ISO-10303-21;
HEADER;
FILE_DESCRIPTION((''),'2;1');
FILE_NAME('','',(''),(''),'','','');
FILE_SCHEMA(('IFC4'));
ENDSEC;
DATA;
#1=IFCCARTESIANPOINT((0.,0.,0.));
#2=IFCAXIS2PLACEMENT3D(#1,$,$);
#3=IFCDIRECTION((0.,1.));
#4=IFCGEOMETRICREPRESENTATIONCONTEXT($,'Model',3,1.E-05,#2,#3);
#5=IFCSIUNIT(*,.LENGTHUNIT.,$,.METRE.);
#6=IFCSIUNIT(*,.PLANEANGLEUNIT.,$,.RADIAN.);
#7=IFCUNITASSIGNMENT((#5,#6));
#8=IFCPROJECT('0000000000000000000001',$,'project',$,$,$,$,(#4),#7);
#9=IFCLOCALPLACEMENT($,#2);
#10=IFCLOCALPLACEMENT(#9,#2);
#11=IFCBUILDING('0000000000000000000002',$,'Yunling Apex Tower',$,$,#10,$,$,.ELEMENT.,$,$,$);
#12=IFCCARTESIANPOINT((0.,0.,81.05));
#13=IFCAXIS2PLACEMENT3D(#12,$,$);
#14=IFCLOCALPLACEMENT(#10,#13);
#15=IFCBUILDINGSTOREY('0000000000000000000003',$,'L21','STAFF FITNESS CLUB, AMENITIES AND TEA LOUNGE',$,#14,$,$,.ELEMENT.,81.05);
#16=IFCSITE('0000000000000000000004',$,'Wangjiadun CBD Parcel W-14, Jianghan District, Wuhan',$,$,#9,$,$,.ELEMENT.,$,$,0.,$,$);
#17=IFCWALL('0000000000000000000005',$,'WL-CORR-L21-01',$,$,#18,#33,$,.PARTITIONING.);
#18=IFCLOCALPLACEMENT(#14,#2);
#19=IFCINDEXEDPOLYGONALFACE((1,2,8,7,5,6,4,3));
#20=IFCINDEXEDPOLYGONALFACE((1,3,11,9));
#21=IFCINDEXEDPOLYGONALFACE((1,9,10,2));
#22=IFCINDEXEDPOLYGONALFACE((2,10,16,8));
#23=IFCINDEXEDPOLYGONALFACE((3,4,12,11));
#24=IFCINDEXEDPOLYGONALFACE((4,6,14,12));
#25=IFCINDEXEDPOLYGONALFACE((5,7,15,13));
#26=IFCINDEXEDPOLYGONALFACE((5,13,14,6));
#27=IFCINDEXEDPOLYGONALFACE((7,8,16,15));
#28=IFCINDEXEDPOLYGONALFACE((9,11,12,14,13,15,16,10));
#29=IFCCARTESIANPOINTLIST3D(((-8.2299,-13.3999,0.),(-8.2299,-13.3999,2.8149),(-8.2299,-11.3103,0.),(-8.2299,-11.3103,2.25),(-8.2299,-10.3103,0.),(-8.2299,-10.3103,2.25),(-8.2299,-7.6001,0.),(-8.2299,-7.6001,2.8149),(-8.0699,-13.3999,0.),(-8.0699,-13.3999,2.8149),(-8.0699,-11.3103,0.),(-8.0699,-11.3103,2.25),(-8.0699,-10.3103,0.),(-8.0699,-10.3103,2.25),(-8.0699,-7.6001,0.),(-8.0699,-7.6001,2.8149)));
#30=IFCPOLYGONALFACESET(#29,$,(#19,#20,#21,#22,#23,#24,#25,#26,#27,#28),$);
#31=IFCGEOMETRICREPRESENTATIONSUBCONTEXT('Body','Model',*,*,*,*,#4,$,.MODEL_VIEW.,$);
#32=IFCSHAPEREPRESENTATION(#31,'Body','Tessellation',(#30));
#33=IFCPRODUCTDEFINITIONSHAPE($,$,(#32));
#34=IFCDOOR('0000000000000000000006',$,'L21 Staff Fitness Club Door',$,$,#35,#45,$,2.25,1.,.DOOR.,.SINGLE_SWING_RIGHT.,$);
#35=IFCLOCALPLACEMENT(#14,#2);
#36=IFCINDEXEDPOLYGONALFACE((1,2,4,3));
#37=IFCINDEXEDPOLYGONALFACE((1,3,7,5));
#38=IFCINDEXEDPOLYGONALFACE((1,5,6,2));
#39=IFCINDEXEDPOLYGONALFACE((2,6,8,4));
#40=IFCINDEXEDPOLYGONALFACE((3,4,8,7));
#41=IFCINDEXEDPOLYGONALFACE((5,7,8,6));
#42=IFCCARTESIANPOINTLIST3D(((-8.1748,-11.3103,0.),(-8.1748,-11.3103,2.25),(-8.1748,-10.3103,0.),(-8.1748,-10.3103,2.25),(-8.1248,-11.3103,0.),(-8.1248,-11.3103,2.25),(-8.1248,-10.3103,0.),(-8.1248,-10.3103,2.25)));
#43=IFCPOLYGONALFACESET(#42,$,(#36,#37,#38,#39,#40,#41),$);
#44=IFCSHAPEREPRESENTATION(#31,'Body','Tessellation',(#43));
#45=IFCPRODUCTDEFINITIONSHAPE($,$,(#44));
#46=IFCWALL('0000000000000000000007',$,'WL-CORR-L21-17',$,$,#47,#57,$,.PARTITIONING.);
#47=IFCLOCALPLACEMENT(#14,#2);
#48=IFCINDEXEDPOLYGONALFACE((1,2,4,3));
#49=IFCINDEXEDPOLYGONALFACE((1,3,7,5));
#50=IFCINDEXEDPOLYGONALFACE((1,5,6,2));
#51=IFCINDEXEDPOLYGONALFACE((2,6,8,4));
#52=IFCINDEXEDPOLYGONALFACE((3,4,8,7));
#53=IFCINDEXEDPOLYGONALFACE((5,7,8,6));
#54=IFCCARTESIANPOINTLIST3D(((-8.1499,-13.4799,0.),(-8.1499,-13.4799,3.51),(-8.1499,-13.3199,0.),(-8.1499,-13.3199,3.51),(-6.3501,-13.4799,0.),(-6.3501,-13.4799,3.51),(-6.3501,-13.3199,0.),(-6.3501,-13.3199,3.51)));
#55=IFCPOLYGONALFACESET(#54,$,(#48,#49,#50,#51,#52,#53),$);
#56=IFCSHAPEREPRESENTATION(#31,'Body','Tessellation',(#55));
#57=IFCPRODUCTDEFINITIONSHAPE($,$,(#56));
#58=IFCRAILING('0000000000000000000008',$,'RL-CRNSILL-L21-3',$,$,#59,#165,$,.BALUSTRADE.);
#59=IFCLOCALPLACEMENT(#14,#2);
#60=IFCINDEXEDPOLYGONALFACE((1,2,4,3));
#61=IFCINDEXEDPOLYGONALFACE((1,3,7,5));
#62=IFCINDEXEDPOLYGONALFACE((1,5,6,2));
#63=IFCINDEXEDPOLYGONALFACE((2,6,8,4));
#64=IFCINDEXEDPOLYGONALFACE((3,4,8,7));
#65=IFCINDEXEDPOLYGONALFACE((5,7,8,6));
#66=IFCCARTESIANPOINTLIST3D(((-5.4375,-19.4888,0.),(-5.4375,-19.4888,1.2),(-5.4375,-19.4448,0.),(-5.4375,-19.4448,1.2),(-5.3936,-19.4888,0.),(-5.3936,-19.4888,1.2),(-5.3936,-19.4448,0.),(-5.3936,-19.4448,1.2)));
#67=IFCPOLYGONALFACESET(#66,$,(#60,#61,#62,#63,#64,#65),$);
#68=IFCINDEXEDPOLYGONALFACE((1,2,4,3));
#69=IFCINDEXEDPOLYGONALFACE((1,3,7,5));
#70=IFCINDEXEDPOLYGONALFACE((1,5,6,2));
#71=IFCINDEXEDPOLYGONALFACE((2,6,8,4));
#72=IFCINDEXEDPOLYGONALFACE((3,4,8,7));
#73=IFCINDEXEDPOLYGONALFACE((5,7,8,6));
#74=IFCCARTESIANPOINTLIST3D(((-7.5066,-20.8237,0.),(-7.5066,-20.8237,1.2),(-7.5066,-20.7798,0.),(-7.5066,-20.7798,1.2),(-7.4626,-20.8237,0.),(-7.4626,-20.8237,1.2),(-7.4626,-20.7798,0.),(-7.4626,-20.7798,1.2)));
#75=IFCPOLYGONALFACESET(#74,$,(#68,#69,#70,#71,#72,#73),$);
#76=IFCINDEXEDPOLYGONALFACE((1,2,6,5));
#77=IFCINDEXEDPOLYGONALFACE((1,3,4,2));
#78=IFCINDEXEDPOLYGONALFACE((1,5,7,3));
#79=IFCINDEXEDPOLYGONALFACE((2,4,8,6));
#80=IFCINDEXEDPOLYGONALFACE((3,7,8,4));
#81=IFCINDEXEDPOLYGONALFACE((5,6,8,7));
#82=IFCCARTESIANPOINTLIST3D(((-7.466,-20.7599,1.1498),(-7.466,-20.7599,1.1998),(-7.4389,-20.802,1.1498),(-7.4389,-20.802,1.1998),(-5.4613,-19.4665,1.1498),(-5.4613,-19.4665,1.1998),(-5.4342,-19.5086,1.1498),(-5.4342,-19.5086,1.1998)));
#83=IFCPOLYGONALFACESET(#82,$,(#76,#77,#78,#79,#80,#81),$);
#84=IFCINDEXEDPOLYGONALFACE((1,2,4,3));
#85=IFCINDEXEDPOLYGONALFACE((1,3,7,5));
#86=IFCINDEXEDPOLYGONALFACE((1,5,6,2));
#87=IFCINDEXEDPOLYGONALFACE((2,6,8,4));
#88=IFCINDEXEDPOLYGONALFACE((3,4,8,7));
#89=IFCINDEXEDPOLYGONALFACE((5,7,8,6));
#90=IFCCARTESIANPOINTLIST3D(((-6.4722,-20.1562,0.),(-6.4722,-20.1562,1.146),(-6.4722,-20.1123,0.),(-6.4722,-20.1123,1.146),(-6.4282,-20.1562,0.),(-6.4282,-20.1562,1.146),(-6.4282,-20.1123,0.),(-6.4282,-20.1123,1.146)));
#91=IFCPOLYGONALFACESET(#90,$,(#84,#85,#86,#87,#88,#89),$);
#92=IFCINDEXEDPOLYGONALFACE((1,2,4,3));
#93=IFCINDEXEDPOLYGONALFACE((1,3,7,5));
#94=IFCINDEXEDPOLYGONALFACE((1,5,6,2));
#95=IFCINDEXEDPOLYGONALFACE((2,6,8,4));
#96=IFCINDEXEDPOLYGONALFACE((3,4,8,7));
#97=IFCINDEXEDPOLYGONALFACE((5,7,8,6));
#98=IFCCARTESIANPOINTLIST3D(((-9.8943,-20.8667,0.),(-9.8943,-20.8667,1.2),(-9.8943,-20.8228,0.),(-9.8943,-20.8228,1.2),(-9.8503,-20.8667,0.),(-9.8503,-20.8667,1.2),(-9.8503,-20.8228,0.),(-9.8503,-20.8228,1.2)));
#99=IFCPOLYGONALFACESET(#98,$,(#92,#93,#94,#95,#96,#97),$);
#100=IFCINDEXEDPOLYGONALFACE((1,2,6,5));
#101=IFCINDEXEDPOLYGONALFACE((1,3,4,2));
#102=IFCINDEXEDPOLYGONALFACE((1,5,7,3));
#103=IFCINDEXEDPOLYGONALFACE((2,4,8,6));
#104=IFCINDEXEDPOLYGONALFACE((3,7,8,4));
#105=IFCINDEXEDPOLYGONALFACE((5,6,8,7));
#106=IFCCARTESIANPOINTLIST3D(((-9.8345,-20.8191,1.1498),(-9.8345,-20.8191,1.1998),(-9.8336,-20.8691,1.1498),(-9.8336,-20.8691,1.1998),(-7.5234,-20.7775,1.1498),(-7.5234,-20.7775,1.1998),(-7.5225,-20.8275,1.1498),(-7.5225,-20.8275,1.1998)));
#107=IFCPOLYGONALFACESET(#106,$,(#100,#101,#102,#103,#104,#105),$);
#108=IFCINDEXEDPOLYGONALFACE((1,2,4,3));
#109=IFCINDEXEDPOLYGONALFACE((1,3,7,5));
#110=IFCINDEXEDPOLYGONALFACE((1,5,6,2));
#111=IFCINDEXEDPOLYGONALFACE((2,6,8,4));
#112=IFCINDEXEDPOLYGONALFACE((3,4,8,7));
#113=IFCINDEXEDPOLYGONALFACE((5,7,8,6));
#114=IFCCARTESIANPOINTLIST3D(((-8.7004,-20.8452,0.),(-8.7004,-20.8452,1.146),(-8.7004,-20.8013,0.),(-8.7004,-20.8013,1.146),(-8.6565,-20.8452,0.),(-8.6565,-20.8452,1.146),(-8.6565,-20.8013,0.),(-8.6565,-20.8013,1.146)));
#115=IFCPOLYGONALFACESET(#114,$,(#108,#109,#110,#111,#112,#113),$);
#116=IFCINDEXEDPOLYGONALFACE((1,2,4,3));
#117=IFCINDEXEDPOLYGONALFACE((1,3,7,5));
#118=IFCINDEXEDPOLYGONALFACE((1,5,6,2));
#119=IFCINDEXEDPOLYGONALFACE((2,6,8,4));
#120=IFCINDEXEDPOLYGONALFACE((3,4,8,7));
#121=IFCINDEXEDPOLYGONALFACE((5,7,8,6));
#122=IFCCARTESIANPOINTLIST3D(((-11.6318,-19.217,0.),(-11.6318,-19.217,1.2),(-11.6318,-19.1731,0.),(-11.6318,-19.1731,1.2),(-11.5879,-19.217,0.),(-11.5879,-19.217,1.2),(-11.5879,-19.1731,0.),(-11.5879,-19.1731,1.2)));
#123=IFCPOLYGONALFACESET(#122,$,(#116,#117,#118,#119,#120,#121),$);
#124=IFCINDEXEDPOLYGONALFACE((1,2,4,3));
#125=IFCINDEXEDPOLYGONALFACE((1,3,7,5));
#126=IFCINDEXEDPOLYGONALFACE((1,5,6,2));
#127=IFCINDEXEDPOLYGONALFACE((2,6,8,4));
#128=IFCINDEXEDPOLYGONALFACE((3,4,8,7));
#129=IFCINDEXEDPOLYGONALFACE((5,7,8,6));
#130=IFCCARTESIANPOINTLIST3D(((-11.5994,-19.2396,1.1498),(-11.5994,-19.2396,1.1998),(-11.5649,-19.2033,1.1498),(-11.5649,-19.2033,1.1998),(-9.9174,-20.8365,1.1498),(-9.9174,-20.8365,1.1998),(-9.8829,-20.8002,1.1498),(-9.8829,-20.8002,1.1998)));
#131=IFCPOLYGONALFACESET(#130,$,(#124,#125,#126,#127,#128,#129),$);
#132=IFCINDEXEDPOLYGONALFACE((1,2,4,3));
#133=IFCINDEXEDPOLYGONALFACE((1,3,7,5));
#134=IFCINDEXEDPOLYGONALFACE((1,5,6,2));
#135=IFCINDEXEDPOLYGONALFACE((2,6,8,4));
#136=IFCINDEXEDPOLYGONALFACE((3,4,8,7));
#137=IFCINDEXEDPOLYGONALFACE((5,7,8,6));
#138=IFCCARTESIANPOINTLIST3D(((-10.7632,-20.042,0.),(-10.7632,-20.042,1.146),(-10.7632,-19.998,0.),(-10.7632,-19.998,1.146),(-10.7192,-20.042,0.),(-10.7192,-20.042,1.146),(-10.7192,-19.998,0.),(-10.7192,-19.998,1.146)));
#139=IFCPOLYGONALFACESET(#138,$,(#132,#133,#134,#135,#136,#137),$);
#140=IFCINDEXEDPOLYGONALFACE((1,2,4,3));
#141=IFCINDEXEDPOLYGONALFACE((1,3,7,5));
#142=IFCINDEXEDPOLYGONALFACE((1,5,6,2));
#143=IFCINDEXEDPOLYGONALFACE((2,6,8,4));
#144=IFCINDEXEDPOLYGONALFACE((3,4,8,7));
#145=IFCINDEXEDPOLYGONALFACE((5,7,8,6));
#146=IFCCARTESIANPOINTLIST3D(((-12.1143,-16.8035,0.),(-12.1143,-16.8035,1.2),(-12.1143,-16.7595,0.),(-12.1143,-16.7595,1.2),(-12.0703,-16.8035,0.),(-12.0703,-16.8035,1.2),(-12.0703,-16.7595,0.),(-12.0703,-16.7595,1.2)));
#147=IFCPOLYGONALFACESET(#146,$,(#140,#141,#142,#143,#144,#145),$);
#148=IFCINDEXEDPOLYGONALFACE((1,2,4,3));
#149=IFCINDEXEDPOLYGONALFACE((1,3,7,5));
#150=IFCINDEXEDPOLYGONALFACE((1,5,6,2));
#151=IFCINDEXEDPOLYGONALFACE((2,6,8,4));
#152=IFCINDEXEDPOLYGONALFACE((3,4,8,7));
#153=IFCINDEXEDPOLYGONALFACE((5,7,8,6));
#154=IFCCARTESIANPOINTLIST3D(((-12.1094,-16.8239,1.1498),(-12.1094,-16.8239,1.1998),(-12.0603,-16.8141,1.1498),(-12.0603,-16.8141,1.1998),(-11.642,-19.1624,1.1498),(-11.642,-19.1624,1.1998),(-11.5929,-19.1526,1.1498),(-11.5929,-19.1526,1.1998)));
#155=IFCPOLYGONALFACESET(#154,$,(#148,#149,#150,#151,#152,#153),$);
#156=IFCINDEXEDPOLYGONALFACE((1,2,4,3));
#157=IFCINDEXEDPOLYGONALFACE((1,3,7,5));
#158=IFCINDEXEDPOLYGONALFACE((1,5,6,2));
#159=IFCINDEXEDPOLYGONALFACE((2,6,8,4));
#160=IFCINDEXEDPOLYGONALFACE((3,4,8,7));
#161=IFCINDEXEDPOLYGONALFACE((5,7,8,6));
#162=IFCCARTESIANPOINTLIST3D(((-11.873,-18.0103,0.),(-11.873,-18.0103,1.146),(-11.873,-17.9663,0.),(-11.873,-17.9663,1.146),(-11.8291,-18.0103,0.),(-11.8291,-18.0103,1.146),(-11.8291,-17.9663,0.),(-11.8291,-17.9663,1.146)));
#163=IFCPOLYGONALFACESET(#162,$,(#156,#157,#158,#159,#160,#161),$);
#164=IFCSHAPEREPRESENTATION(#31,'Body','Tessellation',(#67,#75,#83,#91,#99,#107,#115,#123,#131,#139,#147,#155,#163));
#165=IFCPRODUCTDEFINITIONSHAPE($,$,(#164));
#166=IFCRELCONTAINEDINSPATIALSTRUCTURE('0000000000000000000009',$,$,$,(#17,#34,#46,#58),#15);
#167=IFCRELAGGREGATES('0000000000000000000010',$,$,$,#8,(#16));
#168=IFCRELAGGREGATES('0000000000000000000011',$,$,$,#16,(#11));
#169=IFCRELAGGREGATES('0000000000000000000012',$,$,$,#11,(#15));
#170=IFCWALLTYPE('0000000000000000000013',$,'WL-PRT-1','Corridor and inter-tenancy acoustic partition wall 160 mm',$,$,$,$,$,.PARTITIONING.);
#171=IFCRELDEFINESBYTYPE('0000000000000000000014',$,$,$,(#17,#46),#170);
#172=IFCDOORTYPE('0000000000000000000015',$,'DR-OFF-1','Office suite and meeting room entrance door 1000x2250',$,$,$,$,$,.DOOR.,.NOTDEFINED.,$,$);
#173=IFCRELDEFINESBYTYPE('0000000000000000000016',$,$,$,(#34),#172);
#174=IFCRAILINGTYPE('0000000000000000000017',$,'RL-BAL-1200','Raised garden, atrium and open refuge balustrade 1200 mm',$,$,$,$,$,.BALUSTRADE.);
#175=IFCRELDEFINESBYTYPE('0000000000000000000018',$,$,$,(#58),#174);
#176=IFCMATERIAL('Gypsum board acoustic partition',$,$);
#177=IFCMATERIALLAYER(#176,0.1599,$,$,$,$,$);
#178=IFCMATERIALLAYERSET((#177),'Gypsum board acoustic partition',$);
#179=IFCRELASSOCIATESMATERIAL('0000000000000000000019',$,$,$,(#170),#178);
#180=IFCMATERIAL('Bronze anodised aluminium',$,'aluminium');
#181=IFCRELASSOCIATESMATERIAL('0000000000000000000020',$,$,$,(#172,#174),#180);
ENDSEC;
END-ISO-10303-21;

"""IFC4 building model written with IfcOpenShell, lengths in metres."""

from ifc_helpers import new_model, si_unit, direction, frame, frame_2d, origin, origin_2d, place, context, subcontext, project, spatial, rectangle, extrude, material, layer, layer_set, type_object, element, fill, save


model = new_model("IFC4")

# Units and contexts
model_context = context("Model", 3, precision=1e-05, world=origin(), true_north=direction((0.0, 1.0)))
body_context = subcontext(model_context, "Body", "Model", "MODEL_VIEW")
ifc_project = project(units=[si_unit("LENGTHUNIT", "METRE"), si_unit("PLANEANGLEUNIT", "RADIAN")], contexts=[model_context])

# Site, building, storey
site_placement = place(None, origin())
site = spatial("IfcSite", under=ifc_project, at=site_placement, Name="Wangjiadun CBD Parcel W-14, Jianghan District, Wuhan", CompositionType="ELEMENT", RefElevation=0.0)
building_placement = place(site_placement, origin())
building = spatial("IfcBuilding", under=site, at=building_placement, Name="Yunling Apex Tower", CompositionType="ELEMENT")
storey_placement = place(building_placement, frame((0.0, 0.0, 81.05)))
storey = spatial("IfcBuildingStorey", under=building, at=storey_placement, Name="L21", Description="STAFF FITNESS CLUB, AMENITIES AND TEA LOUNGE", CompositionType="ELEMENT", Elevation=81.05)

# Shared definitions
ifc_material_1 = material(Name="Bronze anodised aluminium", Category="aluminium")

# Wall, opening, door
ifc_material_2 = material(Name="Gypsum board acoustic partition")
ifc_layer_1 = layer(ifc_material_2, 0.1599)
ifc_layer_set_1 = layer_set([ifc_layer_1], Name="Gypsum board acoustic partition")
wall_type = type_object("IfcWallType", Name="WL-PRT-1", Description="Corridor and inter-tenancy acoustic partition wall 160 mm", PredefinedType="PARTITIONING", material=ifc_layer_set_1)
wall_1_placement = place(storey_placement, frame((-8.1499, -13.3999, 0.0), z_axis=(0.0, 0.0, 1.0), x_axis=(0.0, 1.0, 0.0)))
wall_1 = element("IfcWall", 1, at=wall_1_placement, inside=storey, type_object=wall_type, Name="WL-CORR-L21-01", PredefinedType="PARTITIONING", context=body_context, shape_type="SweptSolid", body=[
    extrude(rectangle(XDim=5.7998, YDim=0.1599, at=frame_2d((2.8999, 0.0))), origin(), (0.0, 0.0, 1.0), 2.8149),
])
opening_placement = place(wall_1_placement, frame((2.0896, 0.0, 0.0)))
opening = element("IfcOpeningElement", 2, at=opening_placement, cuts=wall_1, PredefinedType="OPENING", context=body_context, shape_type="SweptSolid", body=[
    extrude(rectangle(XDim=1.0, YDim=2.25, at=frame_2d((0.5, 1.125))), frame((0.0, 0.0898, 0.0), z_axis=(0.0, -1.0, 0.0), x_axis=(1.0, 0.0, 0.0)), (0.0, 0.0, 1.0), 0.1799),
])
door_type = type_object("IfcDoorType", Name="DR-OFF-1", Description="Office suite and meeting room entrance door 1000x2250", OperationType="NOTDEFINED", PredefinedType="DOOR", material=ifc_material_1)
door_placement = place(opening_placement, origin())
door = element("IfcDoor", 3, at=door_placement, inside=storey, type_object=door_type, Name="L21 Staff Fitness Club Door", OperationType="SINGLE_SWING_RIGHT", OverallHeight=2.25, OverallWidth=1.0, PredefinedType="DOOR", context=body_context, shape_type="SweptSolid", body=[
    extrude(rectangle(XDim=1.0, YDim=2.25, at=frame_2d((0.5, 1.125))), frame((0.0, 0.0249, 0.0), z_axis=(0.0, -1.0, 0.0), x_axis=(1.0, 0.0, 0.0)), (0.0, 0.0, 1.0), 0.05),
])
fill(opening, door)

# Wall
wall_2_placement = place(storey_placement, frame((-6.3501, -13.3999, 0.0), z_axis=(0.0, 0.0, 1.0), x_axis=(-1.0, 0.0, 0.0)))
element("IfcWall", 4, at=wall_2_placement, inside=storey, type_object=wall_type, Name="WL-CORR-L21-17", PredefinedType="PARTITIONING", context=body_context, shape_type="SweptSolid", body=[
    extrude(rectangle(XDim=1.7998, YDim=0.1599, at=frame_2d((0.8999, 0.0))), origin(), (0.0, 0.0, 1.0), 3.51),
])

# Railing
railing_type = type_object("IfcRailingType", Name="RL-BAL-1200", Description="Raised garden, atrium and open refuge balustrade 1200 mm", PredefinedType="BALUSTRADE", material=ifc_material_1)
railing_placement = place(storey_placement, frame((-5.4155, -19.4668, 0.0)))
element("IfcRailing", 5, at=railing_placement, inside=storey, type_object=railing_type, Name="RL-CRNSILL-L21-3", PredefinedType="BALUSTRADE", context=body_context, shape_type="SweptSolid", body=[
    extrude(rectangle(XDim=0.0439, YDim=0.0439, at=origin_2d()), origin(), (0.0, 0.0, 1.0), 1.2),
    extrude(rectangle(XDim=0.0439, YDim=0.0439, at=origin_2d()), frame((-2.0691, -1.335, 0.0)), (0.0, 0.0, 1.0), 1.2),
    extrude(rectangle(XDim=0.05, YDim=0.05, at=origin_2d()), frame((-0.0322, -0.0208, 1.1748), z_axis=(-0.840285, -0.542145, 0.0), x_axis=(0.542145, -0.840285, 0.0)), (0.0, 0.0, 1.0), 2.3857),
    extrude(rectangle(XDim=0.0439, YDim=0.0439, at=origin_2d()), frame((-1.0347, -0.6675, 0.0)), (0.0, 0.0, 1.0), 1.146),
    extrude(rectangle(XDim=0.0439, YDim=0.0439, at=origin_2d()), frame((-4.4568, -1.3779, 0.0)), (0.0, 0.0, 1.0), 1.2),
    extrude(rectangle(XDim=0.05, YDim=0.05, at=origin_2d()), frame((-2.1074, -1.3357, 1.1748), z_axis=(-0.999838, -0.017993, 0.0), x_axis=(0.017993, -0.999838, 0.0)), (0.0, 0.0, 1.0), 2.3115),
    extrude(rectangle(XDim=0.0439, YDim=0.0439, at=origin_2d()), frame((-3.2629, -1.3564, 0.0)), (0.0, 0.0, 1.0), 1.146),
    extrude(rectangle(XDim=0.0439, YDim=0.0439, at=origin_2d()), frame((-6.1943, 0.2717, 0.0)), (0.0, 0.0, 1.0), 1.2),
    extrude(rectangle(XDim=0.05, YDim=0.05, at=origin_2d()), frame((-4.4846, -1.3516, 1.1748), z_axis=(-0.725211, 0.688527, 0.0), x_axis=(-0.688527, -0.725211, 0.0)), (0.0, 0.0, 1.0), 2.3193),
    extrude(rectangle(XDim=0.0439, YDim=0.0439, at=origin_2d()), frame((-5.3257, -0.5532, 0.0)), (0.0, 0.0, 1.0), 1.146),
    extrude(rectangle(XDim=0.0439, YDim=0.0439, at=origin_2d()), frame((-6.6768, 2.6853, 0.0)), (0.0, 0.0, 1.0), 1.2),
    extrude(rectangle(XDim=0.05, YDim=0.05, at=origin_2d()), frame((-6.2019, 0.3093, 1.1748), z_axis=(-0.196002, 0.980604, 0.0), x_axis=(-0.980604, -0.196002, 0.0)), (0.0, 0.0, 1.0), 2.3848),
    extrude(rectangle(XDim=0.0439, YDim=0.0439, at=origin_2d()), frame((-6.4355, 1.4785, 0.0)), (0.0, 0.0, 1.0), 1.146),
])

save(model, "model.ifc")
